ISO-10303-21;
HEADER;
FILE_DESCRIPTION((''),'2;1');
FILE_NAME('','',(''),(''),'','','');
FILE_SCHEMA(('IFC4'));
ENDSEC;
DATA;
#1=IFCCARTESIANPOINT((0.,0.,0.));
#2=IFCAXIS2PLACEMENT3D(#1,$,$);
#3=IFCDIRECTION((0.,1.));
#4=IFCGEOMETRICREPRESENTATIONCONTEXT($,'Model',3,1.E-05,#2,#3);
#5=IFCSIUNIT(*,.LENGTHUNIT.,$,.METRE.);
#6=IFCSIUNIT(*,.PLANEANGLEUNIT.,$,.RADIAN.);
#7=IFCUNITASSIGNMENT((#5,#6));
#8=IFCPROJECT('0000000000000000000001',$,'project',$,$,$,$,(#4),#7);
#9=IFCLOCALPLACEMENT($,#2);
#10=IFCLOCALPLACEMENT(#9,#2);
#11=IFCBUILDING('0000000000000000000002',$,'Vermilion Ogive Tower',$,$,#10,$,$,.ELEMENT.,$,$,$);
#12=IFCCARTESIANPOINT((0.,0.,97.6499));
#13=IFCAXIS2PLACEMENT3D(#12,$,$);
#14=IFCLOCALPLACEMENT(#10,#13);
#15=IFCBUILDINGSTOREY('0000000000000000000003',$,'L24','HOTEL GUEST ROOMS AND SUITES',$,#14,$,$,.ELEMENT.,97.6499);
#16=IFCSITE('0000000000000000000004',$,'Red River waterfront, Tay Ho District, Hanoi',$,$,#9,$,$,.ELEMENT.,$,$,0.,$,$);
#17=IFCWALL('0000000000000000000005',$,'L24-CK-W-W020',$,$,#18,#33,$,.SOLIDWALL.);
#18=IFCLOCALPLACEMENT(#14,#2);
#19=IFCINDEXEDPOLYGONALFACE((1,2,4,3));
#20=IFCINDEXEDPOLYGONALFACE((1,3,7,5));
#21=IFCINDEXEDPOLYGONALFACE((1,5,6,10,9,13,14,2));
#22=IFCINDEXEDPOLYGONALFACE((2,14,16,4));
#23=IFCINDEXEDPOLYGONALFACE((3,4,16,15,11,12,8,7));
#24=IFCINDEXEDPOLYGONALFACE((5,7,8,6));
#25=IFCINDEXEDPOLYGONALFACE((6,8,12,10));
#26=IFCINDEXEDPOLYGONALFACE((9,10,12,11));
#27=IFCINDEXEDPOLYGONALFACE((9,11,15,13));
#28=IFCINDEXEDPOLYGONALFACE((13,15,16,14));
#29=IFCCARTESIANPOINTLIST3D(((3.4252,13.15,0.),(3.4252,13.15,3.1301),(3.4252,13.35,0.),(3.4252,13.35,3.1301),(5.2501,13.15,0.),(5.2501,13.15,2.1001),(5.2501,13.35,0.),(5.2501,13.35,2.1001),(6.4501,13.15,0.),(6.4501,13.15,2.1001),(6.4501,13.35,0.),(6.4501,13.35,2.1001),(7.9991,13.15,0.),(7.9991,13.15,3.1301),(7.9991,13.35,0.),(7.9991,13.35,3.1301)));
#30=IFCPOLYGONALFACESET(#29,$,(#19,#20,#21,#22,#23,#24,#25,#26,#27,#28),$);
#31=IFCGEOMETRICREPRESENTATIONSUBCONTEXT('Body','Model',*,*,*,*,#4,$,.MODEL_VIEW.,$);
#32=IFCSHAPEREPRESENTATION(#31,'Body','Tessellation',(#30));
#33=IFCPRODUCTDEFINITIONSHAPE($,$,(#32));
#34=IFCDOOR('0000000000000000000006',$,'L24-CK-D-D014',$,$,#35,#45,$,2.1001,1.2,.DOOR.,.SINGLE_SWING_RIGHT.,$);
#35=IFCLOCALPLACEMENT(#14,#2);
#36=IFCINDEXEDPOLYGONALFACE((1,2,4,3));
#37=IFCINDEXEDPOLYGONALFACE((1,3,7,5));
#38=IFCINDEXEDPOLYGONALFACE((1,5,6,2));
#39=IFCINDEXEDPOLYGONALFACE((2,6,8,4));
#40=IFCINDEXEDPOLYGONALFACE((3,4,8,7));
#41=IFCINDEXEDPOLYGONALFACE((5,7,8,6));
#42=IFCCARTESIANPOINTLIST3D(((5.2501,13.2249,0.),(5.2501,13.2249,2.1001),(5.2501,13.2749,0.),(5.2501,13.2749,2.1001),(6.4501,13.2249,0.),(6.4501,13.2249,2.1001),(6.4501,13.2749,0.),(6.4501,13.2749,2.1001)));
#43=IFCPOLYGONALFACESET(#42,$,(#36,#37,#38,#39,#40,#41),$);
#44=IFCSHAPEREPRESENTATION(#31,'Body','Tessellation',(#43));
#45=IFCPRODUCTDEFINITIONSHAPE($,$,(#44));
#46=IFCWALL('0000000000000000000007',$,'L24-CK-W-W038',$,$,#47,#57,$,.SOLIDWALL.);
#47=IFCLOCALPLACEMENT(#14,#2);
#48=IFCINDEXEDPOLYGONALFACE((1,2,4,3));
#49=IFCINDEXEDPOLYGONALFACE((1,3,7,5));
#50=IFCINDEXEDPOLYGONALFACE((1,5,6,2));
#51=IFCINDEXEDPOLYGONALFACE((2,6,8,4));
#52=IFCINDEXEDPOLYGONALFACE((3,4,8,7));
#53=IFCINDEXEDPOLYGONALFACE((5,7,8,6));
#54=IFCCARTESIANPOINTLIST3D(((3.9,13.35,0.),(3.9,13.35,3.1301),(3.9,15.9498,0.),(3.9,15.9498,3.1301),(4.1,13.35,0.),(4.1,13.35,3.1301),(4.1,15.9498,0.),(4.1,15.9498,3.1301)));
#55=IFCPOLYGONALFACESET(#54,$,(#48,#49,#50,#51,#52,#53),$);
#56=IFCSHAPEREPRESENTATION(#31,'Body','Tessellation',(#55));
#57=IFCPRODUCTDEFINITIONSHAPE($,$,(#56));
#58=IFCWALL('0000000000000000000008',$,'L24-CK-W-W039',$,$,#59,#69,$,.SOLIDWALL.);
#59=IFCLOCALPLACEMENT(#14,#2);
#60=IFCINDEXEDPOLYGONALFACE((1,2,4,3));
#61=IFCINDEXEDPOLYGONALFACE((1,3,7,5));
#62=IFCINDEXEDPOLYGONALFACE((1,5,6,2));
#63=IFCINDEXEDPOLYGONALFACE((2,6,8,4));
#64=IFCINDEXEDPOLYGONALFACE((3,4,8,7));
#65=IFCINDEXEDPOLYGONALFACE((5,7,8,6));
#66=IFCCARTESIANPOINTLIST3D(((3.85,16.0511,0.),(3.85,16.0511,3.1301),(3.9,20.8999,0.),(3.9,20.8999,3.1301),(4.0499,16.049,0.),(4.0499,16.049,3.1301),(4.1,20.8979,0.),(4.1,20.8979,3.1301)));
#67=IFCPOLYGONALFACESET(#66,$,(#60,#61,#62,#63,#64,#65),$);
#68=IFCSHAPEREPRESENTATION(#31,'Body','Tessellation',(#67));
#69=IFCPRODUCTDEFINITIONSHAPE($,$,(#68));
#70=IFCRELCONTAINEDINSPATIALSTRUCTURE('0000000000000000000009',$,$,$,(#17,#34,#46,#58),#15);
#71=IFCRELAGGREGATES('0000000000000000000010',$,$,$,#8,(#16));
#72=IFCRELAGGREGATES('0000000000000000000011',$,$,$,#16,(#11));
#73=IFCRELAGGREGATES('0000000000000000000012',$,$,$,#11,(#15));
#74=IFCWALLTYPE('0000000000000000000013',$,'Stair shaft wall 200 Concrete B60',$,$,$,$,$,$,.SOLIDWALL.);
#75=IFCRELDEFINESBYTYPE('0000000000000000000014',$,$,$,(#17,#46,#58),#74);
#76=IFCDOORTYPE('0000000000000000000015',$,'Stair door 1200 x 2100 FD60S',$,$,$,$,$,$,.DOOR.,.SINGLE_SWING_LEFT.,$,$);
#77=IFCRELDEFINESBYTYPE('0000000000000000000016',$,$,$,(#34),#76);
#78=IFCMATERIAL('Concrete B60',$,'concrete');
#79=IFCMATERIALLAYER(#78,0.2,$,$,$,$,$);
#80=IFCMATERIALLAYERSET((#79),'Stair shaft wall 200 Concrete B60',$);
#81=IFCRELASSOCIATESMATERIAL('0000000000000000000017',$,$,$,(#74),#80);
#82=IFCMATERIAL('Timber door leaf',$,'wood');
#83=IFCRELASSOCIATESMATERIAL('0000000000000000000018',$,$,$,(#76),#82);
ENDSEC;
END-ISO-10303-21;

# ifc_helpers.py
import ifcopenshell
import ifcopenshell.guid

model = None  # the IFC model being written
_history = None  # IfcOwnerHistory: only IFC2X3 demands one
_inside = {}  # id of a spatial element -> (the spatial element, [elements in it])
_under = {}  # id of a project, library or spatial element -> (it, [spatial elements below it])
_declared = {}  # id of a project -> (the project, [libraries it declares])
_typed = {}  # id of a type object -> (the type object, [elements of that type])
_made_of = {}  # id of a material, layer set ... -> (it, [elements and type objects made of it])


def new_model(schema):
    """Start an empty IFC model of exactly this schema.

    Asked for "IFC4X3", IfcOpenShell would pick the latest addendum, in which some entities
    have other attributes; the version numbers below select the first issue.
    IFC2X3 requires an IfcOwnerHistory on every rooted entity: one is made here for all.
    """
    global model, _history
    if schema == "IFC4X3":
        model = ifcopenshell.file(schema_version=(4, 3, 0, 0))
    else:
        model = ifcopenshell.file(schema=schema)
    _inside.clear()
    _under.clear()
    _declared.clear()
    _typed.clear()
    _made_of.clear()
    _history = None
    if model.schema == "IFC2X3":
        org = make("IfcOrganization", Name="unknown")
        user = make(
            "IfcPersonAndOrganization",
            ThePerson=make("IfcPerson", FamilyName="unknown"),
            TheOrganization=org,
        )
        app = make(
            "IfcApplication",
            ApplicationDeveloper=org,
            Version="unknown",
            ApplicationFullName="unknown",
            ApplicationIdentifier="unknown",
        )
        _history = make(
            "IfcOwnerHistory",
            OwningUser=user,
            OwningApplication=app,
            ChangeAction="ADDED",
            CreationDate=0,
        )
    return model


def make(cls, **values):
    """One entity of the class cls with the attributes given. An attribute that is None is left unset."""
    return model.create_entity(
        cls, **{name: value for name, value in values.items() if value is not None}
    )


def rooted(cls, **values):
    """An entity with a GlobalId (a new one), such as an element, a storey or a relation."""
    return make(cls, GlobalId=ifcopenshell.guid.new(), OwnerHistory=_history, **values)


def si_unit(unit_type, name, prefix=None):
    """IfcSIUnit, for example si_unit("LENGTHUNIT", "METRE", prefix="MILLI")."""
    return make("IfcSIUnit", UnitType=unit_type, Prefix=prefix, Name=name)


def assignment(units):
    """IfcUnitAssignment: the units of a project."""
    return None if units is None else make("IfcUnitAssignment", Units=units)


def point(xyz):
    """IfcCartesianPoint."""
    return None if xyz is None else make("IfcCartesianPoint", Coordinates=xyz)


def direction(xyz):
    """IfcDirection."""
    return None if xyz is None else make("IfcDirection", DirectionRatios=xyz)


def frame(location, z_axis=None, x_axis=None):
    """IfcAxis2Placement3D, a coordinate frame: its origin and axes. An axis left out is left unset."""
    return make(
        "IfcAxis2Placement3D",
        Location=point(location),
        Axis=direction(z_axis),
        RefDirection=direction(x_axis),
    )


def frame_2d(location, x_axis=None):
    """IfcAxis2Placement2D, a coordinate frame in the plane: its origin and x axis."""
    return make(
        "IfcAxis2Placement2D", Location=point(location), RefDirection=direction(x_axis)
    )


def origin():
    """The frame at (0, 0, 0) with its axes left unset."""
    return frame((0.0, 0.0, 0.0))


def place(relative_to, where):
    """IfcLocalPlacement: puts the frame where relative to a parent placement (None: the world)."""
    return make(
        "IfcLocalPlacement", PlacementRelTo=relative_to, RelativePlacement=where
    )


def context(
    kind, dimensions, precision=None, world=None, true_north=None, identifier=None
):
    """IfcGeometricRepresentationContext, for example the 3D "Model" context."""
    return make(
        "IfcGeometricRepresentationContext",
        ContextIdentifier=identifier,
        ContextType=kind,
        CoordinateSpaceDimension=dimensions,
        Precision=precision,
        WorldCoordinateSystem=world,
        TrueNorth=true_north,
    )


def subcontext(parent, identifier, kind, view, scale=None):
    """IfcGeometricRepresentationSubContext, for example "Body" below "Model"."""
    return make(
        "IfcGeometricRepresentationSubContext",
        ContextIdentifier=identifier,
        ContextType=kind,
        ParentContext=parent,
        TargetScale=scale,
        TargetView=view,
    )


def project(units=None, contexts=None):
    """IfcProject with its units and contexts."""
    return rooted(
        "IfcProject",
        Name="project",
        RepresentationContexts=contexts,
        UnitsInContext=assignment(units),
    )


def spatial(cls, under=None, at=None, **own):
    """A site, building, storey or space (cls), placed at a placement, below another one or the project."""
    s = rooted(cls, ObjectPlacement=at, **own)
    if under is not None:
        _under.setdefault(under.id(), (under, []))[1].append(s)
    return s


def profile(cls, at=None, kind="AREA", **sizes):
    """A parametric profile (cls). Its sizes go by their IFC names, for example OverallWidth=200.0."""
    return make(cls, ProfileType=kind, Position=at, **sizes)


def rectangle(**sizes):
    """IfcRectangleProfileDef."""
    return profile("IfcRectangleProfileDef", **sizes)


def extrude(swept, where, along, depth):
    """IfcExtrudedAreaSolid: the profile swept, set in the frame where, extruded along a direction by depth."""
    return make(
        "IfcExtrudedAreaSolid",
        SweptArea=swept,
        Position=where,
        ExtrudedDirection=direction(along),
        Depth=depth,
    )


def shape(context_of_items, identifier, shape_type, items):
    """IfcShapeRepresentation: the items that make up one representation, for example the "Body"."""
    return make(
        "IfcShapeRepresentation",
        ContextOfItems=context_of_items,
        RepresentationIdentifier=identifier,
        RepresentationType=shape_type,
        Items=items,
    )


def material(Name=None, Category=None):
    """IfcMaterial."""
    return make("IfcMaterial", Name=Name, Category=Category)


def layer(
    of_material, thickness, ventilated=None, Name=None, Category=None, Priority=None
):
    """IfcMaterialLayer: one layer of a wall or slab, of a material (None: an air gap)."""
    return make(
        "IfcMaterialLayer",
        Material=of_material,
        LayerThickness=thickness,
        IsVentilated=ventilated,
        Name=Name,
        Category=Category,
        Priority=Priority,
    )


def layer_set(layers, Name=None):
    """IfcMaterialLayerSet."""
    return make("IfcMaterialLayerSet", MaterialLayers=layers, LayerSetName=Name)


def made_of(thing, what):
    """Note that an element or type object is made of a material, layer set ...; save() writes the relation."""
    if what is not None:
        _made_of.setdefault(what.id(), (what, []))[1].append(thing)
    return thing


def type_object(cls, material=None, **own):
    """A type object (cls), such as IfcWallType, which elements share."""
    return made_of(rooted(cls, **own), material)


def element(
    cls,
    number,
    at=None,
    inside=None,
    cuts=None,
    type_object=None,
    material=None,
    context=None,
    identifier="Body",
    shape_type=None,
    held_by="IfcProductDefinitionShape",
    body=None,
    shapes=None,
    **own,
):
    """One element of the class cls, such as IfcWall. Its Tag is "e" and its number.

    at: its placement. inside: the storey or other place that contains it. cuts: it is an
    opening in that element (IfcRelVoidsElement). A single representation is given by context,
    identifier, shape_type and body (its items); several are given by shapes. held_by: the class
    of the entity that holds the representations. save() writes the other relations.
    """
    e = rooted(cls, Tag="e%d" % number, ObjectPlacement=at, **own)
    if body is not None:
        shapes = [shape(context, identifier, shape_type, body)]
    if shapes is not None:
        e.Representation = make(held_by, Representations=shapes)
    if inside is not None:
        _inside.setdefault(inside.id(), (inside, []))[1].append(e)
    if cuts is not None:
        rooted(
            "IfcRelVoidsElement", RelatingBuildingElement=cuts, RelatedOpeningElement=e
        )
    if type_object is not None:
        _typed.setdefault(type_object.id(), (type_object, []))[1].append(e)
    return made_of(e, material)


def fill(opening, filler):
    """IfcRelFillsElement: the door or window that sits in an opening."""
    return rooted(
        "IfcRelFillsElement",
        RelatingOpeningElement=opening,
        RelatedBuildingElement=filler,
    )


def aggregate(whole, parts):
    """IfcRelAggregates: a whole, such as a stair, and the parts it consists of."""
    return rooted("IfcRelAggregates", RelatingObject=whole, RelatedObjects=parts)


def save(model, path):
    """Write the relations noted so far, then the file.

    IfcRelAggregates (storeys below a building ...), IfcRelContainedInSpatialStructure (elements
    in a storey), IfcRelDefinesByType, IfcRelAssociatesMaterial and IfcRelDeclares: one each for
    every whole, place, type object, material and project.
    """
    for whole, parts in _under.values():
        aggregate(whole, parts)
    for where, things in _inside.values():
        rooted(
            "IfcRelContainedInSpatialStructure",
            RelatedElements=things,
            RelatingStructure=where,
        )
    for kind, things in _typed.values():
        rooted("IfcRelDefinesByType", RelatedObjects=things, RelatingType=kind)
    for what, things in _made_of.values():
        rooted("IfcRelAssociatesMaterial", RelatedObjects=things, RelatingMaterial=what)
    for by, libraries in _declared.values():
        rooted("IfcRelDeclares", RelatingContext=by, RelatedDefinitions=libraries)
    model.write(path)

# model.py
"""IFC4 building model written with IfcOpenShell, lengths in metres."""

from ifc_helpers import new_model, si_unit, direction, frame, frame_2d, origin, place, context, subcontext, project, spatial, rectangle, extrude, material, layer, layer_set, type_object, element, fill, save


model = new_model("IFC4")

# Units and contexts
model_context = context("Model", 3, precision=1e-05, world=origin(), true_north=direction((0.0, 1.0)))
body_context = subcontext(model_context, "Body", "Model", "MODEL_VIEW")
ifc_project = project(units=[si_unit("LENGTHUNIT", "METRE"), si_unit("PLANEANGLEUNIT", "RADIAN")], contexts=[model_context])

# Site, building, storey
site_placement = place(None, origin())
site = spatial("IfcSite", under=ifc_project, at=site_placement, Name="Red River waterfront, Tay Ho District, Hanoi", CompositionType="ELEMENT", RefElevation=0.0)
building_placement = place(site_placement, origin())
building = spatial("IfcBuilding", under=site, at=building_placement, Name="Vermilion Ogive Tower", CompositionType="ELEMENT")
storey_placement = place(building_placement, frame((0.0, 0.0, 97.6499)))
storey = spatial("IfcBuildingStorey", under=building, at=storey_placement, Name="L24", Description="HOTEL GUEST ROOMS AND SUITES", CompositionType="ELEMENT", Elevation=97.6499)

# Wall, opening, door
ifc_material_1 = material(Name="Concrete B60", Category="concrete")
ifc_layer_1 = layer(ifc_material_1, 0.2)
ifc_layer_set_1 = layer_set([ifc_layer_1], Name="Stair shaft wall 200 Concrete B60")
wall_type_1 = type_object("IfcWallType", Name="Stair shaft wall 200 Concrete B60", PredefinedType="SOLIDWALL", material=ifc_layer_set_1)
wall_1_placement = place(storey_placement, frame((3.425, 13.25, 0.0), z_axis=(0.0, 0.0, 1.0), x_axis=(1.0, 0.0, 0.0)))
wall_1 = element("IfcWall", 1, at=wall_1_placement, inside=storey, type_object=wall_type_1, Name="L24-CK-W-W020", PredefinedType="SOLIDWALL", context=body_context, shape_type="SweptSolid", body=[
    extrude(rectangle(XDim=4.574, YDim=0.2, at=frame_2d((2.2871, 0.0))), origin(), (0.0, 0.0, 1.0), 3.1301),
])
opening_1_placement = place(wall_1_placement, frame((1.825, 0.0, 0.0)))
opening_1 = element("IfcOpeningElement", 2, at=opening_1_placement, cuts=wall_1, PredefinedType="OPENING", context=body_context, shape_type="SweptSolid", body=[
    extrude(rectangle(XDim=1.2, YDim=2.1001, at=frame_2d((0.6001, 1.05))), frame((0.0, 0.1099, 0.0), z_axis=(0.0, -1.0, 0.0), x_axis=(1.0, 0.0, 0.0)), (0.0, 0.0, 1.0), 0.22),
])
ifc_material_2 = material(Name="Timber door leaf", Category="wood")
door_type_1 = type_object("IfcDoorType", Name="Stair door 1200 x 2100 FD60S", OperationType="SINGLE_SWING_LEFT", PredefinedType="DOOR", material=ifc_material_2)
door_1_placement = place(opening_1_placement, origin())
door_1 = element("IfcDoor", 3, at=door_1_placement, inside=storey, type_object=door_type_1, Name="L24-CK-D-D014", OperationType="SINGLE_SWING_RIGHT", OverallHeight=2.1001, OverallWidth=1.2, PredefinedType="DOOR", context=body_context, shape_type="SweptSolid", body=[
    extrude(rectangle(XDim=1.2, YDim=2.1001, at=frame_2d((0.6001, 1.05))), frame((0.0, 0.0249, 0.0), z_axis=(0.0, -1.0, 0.0), x_axis=(1.0, 0.0, 0.0)), (0.0, 0.0, 1.0), 0.05),
])
fill(opening_1, door_1)

# Walls
wall_2_placement = place(storey_placement, frame((4.0, 13.3501, 0.0), z_axis=(0.0, 0.0, 1.0), x_axis=(0.0, 1.0, 0.0)))
element("IfcWall", 4, at=wall_2_placement, inside=storey, type_object=wall_type_1, Name="L24-CK-W-W038", PredefinedType="SOLIDWALL", context=body_context, shape_type="SweptSolid", body=[
    extrude(rectangle(XDim=2.5999, YDim=0.2, at=frame_2d((1.2998, 0.0))), origin(), (0.0, 0.0, 1.0), 3.1301),
])
wall_3_placement = place(storey_placement, frame((3.95, 16.05, 0.0), z_axis=(0.0, 0.0, 1.0), x_axis=(0.010321, 0.999947, 0.0)))
element("IfcWall", 5, at=wall_3_placement, inside=storey, type_object=wall_type_1, Name="L24-CK-W-W039", PredefinedType="SOLIDWALL", context=body_context, shape_type="SweptSolid", body=[
    extrude(rectangle(XDim=4.8491, YDim=0.2, at=frame_2d((2.4246, 0.0))), origin(), (0.0, 0.0, 1.0), 3.1301),
])

save(model, "model.ifc")
